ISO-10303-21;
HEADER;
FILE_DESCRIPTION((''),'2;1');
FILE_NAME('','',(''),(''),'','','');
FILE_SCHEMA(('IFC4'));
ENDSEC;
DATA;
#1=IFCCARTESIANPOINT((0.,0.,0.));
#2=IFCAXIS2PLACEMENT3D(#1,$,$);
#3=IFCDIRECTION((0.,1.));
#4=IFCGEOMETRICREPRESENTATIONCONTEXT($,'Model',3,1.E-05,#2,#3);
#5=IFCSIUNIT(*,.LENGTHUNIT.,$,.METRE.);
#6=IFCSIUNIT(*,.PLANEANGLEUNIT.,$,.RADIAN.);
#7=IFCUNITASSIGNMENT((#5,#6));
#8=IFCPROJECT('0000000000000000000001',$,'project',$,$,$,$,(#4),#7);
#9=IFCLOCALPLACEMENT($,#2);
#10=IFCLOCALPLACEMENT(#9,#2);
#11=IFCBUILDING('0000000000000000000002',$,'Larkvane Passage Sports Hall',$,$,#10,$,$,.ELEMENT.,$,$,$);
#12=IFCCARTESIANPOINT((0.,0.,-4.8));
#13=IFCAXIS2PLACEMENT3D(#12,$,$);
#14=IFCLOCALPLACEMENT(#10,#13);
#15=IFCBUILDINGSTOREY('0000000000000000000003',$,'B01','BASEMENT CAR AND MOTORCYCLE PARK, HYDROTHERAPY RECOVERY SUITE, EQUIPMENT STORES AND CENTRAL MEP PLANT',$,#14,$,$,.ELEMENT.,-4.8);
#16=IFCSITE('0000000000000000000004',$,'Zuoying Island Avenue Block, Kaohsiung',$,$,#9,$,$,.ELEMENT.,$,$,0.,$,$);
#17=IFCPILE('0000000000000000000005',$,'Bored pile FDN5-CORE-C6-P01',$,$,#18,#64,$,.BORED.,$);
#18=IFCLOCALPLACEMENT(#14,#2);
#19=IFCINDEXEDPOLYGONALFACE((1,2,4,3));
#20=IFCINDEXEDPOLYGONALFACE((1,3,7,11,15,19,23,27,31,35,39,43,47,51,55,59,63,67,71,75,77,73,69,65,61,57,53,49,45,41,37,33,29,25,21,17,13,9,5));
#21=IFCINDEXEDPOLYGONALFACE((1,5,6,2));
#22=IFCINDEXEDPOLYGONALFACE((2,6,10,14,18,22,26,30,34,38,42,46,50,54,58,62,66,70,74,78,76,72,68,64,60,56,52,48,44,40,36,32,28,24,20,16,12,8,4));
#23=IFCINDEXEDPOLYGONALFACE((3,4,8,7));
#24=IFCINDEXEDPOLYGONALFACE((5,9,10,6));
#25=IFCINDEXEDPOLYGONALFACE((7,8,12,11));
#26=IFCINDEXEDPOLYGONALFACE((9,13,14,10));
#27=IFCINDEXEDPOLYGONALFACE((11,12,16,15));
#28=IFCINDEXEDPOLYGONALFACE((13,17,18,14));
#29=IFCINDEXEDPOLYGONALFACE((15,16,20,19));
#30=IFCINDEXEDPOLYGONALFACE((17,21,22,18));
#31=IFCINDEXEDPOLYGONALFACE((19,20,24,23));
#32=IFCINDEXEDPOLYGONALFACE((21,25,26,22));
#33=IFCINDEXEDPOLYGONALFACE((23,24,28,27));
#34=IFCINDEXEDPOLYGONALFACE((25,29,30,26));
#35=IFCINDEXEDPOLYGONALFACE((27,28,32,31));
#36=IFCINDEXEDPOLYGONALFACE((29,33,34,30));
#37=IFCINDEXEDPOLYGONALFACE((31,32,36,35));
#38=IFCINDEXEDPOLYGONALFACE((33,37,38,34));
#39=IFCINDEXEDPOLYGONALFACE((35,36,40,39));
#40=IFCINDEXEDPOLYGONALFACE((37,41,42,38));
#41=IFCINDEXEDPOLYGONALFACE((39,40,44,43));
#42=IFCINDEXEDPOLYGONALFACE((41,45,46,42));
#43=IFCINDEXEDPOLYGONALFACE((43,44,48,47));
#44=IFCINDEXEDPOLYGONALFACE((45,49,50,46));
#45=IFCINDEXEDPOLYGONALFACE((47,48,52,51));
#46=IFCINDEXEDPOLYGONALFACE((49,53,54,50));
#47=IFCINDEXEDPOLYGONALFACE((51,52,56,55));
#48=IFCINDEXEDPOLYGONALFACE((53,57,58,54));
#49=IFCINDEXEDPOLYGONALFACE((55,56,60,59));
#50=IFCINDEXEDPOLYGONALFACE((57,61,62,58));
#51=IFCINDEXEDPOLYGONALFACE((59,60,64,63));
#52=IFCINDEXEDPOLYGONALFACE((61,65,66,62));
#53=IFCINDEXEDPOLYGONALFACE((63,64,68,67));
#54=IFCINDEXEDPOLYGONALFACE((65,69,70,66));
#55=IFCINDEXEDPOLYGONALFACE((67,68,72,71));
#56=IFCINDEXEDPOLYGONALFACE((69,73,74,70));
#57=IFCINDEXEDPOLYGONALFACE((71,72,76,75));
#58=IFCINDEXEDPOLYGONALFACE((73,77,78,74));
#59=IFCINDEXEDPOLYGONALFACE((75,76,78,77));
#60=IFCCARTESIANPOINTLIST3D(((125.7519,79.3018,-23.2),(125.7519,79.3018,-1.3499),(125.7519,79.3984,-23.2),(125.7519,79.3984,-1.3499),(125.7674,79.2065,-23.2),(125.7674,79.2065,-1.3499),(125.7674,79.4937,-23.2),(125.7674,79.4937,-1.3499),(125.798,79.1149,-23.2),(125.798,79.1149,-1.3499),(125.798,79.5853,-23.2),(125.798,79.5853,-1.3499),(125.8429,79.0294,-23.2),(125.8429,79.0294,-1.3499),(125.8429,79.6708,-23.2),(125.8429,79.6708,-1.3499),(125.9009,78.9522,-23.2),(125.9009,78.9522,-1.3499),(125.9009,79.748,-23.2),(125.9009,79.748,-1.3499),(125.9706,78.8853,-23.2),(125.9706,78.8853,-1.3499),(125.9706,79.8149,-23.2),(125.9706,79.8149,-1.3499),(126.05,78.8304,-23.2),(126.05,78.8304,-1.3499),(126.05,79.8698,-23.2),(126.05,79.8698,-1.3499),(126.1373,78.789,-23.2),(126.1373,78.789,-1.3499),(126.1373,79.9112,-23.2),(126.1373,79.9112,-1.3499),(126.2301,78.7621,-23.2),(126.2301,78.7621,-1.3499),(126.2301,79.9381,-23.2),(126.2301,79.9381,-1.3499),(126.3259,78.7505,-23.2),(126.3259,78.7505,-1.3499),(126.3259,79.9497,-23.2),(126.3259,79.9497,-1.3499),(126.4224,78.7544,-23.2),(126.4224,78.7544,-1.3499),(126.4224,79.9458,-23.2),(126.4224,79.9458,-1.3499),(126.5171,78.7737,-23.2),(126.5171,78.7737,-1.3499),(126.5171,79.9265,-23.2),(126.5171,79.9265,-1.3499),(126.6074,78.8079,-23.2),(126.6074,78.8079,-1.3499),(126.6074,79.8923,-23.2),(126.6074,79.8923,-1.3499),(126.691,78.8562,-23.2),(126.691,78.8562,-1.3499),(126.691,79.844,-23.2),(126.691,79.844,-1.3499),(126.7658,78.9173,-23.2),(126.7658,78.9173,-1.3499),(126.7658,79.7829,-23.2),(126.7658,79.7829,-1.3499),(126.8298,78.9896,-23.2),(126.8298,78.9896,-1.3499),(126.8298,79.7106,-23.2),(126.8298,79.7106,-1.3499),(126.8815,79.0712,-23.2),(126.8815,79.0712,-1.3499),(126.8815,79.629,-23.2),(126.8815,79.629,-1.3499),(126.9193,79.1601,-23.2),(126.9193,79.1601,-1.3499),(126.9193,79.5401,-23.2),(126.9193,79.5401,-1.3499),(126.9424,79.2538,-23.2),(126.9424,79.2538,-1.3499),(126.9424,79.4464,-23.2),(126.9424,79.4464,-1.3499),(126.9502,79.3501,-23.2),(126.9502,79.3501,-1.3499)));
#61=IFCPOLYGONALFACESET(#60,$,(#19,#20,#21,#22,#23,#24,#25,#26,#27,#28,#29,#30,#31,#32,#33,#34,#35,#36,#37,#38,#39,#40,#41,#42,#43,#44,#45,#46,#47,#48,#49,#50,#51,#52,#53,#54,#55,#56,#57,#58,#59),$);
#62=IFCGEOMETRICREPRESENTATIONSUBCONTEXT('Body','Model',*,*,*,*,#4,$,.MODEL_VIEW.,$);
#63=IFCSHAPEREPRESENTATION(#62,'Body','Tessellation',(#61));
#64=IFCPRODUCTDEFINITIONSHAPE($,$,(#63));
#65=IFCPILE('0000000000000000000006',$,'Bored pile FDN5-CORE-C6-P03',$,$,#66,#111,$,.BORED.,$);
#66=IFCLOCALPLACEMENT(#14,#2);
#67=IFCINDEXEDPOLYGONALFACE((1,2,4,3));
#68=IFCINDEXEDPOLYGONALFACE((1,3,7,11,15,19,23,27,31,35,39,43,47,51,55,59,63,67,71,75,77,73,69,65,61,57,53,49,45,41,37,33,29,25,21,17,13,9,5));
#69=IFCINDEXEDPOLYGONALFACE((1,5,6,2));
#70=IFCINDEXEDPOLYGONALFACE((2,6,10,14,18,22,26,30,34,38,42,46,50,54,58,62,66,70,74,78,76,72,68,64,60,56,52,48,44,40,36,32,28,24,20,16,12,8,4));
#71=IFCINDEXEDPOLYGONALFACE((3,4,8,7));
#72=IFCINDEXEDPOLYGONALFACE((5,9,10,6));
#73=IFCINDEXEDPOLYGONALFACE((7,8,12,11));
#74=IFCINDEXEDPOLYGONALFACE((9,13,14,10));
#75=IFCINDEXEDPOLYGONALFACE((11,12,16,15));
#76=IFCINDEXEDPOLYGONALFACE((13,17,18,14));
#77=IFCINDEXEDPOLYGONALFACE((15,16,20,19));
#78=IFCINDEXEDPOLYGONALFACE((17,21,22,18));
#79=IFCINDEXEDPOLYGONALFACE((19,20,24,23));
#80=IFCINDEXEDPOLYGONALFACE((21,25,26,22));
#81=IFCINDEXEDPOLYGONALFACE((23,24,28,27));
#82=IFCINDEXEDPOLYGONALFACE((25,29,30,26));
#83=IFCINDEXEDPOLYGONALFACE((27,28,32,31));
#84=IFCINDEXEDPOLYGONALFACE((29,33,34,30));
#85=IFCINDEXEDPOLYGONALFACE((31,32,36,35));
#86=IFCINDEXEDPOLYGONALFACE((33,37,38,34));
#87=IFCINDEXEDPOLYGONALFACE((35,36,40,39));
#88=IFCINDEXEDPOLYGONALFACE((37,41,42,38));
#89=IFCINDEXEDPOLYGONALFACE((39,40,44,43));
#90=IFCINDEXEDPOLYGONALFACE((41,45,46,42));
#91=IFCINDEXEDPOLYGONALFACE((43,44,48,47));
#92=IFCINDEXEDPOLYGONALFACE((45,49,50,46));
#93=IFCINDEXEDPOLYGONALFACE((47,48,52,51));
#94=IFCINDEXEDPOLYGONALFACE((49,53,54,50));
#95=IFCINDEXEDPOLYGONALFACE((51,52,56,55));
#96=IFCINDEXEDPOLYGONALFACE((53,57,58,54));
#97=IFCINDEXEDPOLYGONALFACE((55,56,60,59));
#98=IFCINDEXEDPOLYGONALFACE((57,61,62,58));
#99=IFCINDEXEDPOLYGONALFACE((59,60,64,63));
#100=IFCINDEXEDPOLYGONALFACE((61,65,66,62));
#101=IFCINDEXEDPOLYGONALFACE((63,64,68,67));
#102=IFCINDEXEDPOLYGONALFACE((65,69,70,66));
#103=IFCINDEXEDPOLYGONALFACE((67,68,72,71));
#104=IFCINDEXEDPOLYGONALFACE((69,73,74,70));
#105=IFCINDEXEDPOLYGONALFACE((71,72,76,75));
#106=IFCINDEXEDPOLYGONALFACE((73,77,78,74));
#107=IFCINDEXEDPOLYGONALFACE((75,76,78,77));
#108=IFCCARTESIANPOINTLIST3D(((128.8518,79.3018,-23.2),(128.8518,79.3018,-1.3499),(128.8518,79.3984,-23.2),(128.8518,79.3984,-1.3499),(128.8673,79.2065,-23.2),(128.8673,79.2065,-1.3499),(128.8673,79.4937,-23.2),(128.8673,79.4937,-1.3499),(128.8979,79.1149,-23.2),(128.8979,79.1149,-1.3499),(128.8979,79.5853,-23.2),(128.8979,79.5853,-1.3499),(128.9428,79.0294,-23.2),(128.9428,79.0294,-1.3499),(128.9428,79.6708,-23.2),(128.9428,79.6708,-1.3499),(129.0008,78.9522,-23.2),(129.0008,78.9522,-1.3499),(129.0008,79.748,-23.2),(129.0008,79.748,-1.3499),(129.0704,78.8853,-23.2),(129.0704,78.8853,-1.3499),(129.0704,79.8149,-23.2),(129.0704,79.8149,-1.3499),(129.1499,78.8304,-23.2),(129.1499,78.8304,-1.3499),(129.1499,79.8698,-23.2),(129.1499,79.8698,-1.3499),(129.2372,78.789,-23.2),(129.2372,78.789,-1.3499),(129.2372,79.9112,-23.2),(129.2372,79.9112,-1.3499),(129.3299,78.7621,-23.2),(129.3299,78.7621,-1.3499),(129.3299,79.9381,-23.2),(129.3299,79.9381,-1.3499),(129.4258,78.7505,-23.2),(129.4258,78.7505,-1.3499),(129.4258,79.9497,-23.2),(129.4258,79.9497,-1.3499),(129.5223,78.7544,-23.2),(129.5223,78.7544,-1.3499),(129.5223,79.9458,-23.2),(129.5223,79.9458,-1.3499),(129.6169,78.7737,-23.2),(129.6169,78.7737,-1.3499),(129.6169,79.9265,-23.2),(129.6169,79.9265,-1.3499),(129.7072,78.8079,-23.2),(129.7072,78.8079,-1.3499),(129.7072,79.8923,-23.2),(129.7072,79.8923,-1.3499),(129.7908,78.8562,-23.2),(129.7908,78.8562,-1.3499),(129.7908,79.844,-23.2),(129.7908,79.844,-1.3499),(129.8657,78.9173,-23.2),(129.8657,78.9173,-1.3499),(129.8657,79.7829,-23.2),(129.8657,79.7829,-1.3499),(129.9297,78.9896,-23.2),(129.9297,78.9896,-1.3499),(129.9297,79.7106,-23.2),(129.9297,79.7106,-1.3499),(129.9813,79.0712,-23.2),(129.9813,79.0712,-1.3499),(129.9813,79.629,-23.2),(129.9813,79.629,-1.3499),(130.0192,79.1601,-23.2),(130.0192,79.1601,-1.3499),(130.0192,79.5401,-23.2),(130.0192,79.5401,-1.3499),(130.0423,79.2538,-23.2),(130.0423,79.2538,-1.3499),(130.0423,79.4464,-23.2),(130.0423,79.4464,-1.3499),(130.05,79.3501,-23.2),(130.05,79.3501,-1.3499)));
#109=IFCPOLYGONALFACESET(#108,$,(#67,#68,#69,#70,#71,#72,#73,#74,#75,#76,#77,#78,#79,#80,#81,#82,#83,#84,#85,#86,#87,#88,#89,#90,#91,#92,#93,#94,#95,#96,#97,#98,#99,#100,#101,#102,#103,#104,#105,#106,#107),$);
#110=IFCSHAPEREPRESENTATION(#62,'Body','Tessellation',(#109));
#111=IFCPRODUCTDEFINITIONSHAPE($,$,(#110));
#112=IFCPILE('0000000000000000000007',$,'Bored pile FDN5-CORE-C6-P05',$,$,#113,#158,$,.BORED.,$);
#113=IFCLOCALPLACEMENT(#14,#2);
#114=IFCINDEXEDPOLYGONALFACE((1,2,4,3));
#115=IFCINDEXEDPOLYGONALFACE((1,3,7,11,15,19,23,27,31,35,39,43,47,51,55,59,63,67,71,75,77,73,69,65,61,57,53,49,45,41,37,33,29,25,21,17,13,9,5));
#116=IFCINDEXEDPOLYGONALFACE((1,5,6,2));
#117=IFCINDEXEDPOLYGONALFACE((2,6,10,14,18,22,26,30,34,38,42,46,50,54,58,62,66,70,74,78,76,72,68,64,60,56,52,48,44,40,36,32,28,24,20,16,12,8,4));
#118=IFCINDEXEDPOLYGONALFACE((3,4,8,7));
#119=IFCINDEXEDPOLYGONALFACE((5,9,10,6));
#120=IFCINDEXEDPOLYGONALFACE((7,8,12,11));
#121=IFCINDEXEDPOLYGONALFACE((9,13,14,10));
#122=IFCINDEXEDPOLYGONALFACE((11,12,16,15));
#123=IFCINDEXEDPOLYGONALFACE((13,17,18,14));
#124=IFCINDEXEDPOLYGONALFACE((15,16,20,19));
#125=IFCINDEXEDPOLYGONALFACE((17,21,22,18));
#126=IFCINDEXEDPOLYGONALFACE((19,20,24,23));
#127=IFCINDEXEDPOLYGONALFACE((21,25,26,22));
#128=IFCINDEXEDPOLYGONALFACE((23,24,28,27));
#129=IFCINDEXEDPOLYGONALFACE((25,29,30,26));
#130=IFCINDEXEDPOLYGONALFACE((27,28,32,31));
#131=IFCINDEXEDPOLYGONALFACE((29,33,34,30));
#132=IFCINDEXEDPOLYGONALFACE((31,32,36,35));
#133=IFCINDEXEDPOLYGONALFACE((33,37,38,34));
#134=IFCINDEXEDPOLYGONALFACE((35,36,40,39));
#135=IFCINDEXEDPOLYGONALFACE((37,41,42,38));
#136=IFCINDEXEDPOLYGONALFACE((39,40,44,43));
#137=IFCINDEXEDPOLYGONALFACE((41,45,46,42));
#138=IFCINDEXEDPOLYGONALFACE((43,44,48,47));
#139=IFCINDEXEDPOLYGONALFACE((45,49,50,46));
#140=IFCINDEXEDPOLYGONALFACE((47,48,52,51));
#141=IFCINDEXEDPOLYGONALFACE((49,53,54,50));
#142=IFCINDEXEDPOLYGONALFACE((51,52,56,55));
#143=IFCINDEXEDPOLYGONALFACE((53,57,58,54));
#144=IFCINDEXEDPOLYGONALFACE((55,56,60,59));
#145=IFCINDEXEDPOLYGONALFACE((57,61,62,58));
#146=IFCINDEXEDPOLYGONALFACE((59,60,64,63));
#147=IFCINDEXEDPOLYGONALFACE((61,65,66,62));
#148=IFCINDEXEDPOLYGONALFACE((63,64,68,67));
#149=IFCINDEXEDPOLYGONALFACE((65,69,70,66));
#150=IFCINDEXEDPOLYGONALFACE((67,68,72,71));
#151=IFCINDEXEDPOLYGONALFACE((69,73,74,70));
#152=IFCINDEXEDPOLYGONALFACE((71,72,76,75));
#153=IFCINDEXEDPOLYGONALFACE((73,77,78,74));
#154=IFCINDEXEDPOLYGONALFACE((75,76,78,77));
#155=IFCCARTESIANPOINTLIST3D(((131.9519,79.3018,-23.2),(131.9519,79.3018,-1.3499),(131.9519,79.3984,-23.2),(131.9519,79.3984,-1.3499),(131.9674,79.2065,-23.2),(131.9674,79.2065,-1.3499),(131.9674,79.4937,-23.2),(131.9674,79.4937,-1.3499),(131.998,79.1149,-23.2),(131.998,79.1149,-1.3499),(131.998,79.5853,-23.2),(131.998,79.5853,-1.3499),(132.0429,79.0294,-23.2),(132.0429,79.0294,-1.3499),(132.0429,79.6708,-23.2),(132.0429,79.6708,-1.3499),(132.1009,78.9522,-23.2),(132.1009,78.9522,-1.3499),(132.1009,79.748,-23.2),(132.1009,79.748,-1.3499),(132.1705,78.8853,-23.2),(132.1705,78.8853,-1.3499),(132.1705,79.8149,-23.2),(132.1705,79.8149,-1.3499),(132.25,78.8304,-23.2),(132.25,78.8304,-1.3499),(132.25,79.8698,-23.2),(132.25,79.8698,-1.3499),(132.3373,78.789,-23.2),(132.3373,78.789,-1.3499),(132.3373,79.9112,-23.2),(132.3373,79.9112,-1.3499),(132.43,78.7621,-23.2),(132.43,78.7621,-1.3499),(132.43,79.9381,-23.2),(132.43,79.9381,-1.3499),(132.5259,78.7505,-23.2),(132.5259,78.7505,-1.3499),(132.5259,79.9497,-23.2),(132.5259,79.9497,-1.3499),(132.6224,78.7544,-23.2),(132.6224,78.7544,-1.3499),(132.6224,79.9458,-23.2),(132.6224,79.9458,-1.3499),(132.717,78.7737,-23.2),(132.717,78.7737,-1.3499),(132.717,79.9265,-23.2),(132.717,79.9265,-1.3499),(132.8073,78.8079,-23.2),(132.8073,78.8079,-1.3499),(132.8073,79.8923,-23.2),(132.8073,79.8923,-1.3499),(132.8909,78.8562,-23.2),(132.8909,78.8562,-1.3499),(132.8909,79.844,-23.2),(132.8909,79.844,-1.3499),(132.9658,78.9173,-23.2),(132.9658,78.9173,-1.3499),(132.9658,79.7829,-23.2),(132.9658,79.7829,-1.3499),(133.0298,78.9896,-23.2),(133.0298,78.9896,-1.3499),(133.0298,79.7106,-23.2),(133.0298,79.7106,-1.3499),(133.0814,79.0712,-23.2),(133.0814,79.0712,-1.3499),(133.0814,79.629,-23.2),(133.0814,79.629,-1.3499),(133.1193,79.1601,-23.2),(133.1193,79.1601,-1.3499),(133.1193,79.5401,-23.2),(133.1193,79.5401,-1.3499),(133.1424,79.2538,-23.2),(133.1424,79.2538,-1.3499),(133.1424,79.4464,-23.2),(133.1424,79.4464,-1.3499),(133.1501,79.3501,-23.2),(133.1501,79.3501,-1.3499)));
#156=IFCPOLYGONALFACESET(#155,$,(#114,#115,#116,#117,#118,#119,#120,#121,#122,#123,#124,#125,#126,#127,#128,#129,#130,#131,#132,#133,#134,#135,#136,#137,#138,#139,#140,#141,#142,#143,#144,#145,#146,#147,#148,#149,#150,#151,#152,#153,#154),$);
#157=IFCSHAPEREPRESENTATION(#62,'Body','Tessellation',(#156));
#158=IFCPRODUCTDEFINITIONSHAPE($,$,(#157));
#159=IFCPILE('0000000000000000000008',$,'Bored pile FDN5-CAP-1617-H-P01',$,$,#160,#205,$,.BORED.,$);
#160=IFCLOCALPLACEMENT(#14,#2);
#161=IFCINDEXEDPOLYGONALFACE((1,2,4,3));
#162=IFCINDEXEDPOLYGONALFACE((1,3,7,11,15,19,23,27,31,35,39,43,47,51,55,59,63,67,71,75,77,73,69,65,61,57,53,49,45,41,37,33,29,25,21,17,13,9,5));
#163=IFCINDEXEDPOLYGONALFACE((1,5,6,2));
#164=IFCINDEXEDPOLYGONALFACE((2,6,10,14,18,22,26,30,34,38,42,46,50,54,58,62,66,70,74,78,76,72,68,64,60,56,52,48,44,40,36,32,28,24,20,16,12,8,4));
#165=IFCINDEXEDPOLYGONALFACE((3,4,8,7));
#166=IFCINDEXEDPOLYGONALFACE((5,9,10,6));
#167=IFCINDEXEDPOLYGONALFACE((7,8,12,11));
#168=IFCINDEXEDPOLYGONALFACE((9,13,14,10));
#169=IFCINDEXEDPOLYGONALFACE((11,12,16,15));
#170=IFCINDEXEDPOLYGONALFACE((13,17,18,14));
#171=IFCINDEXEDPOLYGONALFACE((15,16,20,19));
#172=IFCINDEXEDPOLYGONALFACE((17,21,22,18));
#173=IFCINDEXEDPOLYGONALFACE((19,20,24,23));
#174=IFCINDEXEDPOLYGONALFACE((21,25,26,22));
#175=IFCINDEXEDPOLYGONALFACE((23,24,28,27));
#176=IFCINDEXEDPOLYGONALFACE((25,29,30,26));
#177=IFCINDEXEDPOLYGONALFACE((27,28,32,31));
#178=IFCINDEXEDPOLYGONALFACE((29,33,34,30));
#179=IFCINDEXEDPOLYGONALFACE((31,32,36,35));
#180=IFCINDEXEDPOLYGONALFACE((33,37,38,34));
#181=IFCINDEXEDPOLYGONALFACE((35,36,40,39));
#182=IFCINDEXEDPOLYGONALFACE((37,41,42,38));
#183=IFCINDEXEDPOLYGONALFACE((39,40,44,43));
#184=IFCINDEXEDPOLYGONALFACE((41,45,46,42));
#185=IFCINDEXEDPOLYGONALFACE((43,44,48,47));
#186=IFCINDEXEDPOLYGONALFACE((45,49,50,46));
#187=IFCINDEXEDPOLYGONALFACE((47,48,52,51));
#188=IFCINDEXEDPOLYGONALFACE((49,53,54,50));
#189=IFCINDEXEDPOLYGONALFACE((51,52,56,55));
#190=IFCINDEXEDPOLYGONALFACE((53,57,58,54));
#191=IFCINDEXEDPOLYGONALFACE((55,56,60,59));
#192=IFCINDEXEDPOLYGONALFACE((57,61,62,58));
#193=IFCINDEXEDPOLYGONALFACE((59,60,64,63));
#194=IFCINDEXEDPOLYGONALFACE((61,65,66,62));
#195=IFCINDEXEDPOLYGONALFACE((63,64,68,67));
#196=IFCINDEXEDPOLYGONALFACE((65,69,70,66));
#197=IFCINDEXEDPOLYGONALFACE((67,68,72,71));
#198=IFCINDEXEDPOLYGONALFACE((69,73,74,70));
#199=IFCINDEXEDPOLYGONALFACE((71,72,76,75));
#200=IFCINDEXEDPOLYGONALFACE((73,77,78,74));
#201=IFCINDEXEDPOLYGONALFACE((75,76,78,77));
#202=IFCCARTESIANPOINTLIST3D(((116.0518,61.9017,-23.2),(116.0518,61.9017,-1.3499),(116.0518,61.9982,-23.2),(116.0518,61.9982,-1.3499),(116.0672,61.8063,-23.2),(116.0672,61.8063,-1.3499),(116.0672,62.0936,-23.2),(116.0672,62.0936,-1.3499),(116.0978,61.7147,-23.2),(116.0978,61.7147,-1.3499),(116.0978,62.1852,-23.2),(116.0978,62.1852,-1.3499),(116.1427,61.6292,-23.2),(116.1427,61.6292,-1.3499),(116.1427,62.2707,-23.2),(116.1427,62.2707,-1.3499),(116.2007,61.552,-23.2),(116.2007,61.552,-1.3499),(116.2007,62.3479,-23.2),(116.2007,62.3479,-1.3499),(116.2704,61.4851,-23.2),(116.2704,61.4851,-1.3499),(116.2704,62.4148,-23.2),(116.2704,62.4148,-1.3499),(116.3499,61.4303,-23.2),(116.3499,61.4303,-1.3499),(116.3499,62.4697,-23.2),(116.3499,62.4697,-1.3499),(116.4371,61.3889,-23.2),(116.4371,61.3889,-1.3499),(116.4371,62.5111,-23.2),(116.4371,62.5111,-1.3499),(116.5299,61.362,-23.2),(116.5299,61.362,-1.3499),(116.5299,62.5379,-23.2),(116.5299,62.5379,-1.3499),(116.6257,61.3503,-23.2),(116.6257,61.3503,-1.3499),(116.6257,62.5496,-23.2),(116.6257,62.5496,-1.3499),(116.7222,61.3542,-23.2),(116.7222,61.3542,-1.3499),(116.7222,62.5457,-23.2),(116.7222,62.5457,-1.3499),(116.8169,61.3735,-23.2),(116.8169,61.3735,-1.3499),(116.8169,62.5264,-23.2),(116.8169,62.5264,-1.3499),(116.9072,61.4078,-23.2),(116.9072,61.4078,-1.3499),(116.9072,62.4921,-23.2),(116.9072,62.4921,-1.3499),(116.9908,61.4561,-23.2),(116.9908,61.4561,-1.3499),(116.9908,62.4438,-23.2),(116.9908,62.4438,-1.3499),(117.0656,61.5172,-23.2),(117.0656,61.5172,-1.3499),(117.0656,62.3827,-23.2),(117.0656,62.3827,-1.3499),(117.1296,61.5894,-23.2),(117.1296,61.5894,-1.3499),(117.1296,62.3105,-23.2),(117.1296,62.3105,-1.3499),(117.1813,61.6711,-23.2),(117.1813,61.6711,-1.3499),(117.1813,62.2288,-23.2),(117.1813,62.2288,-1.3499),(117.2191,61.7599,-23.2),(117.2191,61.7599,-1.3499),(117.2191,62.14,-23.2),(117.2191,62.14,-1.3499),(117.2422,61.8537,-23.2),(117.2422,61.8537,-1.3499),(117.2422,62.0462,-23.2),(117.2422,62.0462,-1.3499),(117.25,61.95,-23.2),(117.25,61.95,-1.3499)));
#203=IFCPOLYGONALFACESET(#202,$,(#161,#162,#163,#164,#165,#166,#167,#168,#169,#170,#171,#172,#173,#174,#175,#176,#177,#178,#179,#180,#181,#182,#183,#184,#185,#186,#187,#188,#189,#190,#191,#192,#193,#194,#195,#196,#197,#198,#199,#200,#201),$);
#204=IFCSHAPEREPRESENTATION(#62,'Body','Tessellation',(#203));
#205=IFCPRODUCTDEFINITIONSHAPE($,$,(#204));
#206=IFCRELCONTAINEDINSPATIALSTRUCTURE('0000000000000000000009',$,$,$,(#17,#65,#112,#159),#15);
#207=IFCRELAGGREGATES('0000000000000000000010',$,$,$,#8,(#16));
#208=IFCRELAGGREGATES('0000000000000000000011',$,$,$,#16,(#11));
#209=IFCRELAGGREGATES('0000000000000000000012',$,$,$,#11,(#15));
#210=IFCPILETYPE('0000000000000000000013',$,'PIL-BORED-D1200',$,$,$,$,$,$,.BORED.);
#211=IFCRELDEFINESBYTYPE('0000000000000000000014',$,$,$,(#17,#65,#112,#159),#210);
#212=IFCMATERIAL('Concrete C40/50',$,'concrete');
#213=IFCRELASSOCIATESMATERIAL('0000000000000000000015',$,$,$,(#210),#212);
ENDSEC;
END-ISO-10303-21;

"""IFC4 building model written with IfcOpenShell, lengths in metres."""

from ifc_helpers import new_model, si_unit, direction, frame, origin, origin_2d, place, context, subcontext, project, spatial, circle, extrude, material, material_profile, profile_set, type_object, element, save


model = new_model("IFC4")

# Units and contexts
model_context = context("Model", 3, precision=1e-05, world=origin(), true_north=direction((0.0, 1.0)))
body_context = subcontext(model_context, "Body", "Model", "MODEL_VIEW")
ifc_project = project(units=[si_unit("LENGTHUNIT", "METRE"), si_unit("PLANEANGLEUNIT", "RADIAN")], contexts=[model_context])

# Site, building, storey
site_placement = place(None, origin())
site = spatial("IfcSite", under=ifc_project, at=site_placement, Name="Zuoying Island Avenue Block, Kaohsiung", CompositionType="ELEMENT", RefElevation=0.0)
building_placement = place(site_placement, origin())
building = spatial("IfcBuilding", under=site, at=building_placement, Name="Larkvane Passage Sports Hall", CompositionType="ELEMENT")
storey_placement = place(building_placement, frame((0.0, 0.0, -4.8)))
storey = spatial("IfcBuildingStorey", under=building, at=storey_placement, Name="B01", Description="BASEMENT CAR AND MOTORCYCLE PARK, HYDROTHERAPY RECOVERY SUITE, EQUIPMENT STORES AND CENTRAL MEP PLANT", CompositionType="ELEMENT", Elevation=-4.8)

# Shared definitions
ifc_material_1 = material(Name="Concrete C40/50", Category="concrete")

# Piles
ifc_material_profile_1 = material_profile(ifc_material_1, circle(Radius=0.6001, at=origin_2d()), Name="PILE-D1200")
ifc_profile_set_1 = profile_set([ifc_material_profile_1], Name="Concrete C40/50")
pile_type_1 = type_object("IfcPileType", Name="PIL-BORED-D1200", PredefinedType="BORED", material=ifc_profile_set_1)
for number, where, z_axis, x_axis, name in (
    (1, (126.3501, 79.3501, -1.3499), (0.0, 0.0, -1.0), (1.0, 0.0, 0.0), "Bored pile FDN5-CORE-C6-P01"),
    (2, (129.45, 79.3501, -1.3499), (0.0, 0.0, -1.0), (1.0, 0.0, 0.0), "Bored pile FDN5-CORE-C6-P03"),
    (3, (132.55, 79.3501, -1.3499), (0.0, 0.0, -1.0), (1.0, 0.0, 0.0), "Bored pile FDN5-CORE-C6-P05"),
    (4, (116.6499, 61.95, -1.3499), (0.0, 0.0, -1.0), (1.0, 0.0, 0.0), "Bored pile FDN5-CAP-1617-H-P01"),
):
    element("IfcPile", number, at=place(storey_placement, frame(where, z_axis=z_axis, x_axis=x_axis)), inside=storey, type_object=pile_type_1, Name=name, PredefinedType="BORED", context=body_context, shape_type="SweptSolid", body=[
        extrude(circle(Radius=0.6001, at=origin_2d()), origin(), (0.0, 0.0, 1.0), 21.8501),
    ])

save(model, "model.ifc")
